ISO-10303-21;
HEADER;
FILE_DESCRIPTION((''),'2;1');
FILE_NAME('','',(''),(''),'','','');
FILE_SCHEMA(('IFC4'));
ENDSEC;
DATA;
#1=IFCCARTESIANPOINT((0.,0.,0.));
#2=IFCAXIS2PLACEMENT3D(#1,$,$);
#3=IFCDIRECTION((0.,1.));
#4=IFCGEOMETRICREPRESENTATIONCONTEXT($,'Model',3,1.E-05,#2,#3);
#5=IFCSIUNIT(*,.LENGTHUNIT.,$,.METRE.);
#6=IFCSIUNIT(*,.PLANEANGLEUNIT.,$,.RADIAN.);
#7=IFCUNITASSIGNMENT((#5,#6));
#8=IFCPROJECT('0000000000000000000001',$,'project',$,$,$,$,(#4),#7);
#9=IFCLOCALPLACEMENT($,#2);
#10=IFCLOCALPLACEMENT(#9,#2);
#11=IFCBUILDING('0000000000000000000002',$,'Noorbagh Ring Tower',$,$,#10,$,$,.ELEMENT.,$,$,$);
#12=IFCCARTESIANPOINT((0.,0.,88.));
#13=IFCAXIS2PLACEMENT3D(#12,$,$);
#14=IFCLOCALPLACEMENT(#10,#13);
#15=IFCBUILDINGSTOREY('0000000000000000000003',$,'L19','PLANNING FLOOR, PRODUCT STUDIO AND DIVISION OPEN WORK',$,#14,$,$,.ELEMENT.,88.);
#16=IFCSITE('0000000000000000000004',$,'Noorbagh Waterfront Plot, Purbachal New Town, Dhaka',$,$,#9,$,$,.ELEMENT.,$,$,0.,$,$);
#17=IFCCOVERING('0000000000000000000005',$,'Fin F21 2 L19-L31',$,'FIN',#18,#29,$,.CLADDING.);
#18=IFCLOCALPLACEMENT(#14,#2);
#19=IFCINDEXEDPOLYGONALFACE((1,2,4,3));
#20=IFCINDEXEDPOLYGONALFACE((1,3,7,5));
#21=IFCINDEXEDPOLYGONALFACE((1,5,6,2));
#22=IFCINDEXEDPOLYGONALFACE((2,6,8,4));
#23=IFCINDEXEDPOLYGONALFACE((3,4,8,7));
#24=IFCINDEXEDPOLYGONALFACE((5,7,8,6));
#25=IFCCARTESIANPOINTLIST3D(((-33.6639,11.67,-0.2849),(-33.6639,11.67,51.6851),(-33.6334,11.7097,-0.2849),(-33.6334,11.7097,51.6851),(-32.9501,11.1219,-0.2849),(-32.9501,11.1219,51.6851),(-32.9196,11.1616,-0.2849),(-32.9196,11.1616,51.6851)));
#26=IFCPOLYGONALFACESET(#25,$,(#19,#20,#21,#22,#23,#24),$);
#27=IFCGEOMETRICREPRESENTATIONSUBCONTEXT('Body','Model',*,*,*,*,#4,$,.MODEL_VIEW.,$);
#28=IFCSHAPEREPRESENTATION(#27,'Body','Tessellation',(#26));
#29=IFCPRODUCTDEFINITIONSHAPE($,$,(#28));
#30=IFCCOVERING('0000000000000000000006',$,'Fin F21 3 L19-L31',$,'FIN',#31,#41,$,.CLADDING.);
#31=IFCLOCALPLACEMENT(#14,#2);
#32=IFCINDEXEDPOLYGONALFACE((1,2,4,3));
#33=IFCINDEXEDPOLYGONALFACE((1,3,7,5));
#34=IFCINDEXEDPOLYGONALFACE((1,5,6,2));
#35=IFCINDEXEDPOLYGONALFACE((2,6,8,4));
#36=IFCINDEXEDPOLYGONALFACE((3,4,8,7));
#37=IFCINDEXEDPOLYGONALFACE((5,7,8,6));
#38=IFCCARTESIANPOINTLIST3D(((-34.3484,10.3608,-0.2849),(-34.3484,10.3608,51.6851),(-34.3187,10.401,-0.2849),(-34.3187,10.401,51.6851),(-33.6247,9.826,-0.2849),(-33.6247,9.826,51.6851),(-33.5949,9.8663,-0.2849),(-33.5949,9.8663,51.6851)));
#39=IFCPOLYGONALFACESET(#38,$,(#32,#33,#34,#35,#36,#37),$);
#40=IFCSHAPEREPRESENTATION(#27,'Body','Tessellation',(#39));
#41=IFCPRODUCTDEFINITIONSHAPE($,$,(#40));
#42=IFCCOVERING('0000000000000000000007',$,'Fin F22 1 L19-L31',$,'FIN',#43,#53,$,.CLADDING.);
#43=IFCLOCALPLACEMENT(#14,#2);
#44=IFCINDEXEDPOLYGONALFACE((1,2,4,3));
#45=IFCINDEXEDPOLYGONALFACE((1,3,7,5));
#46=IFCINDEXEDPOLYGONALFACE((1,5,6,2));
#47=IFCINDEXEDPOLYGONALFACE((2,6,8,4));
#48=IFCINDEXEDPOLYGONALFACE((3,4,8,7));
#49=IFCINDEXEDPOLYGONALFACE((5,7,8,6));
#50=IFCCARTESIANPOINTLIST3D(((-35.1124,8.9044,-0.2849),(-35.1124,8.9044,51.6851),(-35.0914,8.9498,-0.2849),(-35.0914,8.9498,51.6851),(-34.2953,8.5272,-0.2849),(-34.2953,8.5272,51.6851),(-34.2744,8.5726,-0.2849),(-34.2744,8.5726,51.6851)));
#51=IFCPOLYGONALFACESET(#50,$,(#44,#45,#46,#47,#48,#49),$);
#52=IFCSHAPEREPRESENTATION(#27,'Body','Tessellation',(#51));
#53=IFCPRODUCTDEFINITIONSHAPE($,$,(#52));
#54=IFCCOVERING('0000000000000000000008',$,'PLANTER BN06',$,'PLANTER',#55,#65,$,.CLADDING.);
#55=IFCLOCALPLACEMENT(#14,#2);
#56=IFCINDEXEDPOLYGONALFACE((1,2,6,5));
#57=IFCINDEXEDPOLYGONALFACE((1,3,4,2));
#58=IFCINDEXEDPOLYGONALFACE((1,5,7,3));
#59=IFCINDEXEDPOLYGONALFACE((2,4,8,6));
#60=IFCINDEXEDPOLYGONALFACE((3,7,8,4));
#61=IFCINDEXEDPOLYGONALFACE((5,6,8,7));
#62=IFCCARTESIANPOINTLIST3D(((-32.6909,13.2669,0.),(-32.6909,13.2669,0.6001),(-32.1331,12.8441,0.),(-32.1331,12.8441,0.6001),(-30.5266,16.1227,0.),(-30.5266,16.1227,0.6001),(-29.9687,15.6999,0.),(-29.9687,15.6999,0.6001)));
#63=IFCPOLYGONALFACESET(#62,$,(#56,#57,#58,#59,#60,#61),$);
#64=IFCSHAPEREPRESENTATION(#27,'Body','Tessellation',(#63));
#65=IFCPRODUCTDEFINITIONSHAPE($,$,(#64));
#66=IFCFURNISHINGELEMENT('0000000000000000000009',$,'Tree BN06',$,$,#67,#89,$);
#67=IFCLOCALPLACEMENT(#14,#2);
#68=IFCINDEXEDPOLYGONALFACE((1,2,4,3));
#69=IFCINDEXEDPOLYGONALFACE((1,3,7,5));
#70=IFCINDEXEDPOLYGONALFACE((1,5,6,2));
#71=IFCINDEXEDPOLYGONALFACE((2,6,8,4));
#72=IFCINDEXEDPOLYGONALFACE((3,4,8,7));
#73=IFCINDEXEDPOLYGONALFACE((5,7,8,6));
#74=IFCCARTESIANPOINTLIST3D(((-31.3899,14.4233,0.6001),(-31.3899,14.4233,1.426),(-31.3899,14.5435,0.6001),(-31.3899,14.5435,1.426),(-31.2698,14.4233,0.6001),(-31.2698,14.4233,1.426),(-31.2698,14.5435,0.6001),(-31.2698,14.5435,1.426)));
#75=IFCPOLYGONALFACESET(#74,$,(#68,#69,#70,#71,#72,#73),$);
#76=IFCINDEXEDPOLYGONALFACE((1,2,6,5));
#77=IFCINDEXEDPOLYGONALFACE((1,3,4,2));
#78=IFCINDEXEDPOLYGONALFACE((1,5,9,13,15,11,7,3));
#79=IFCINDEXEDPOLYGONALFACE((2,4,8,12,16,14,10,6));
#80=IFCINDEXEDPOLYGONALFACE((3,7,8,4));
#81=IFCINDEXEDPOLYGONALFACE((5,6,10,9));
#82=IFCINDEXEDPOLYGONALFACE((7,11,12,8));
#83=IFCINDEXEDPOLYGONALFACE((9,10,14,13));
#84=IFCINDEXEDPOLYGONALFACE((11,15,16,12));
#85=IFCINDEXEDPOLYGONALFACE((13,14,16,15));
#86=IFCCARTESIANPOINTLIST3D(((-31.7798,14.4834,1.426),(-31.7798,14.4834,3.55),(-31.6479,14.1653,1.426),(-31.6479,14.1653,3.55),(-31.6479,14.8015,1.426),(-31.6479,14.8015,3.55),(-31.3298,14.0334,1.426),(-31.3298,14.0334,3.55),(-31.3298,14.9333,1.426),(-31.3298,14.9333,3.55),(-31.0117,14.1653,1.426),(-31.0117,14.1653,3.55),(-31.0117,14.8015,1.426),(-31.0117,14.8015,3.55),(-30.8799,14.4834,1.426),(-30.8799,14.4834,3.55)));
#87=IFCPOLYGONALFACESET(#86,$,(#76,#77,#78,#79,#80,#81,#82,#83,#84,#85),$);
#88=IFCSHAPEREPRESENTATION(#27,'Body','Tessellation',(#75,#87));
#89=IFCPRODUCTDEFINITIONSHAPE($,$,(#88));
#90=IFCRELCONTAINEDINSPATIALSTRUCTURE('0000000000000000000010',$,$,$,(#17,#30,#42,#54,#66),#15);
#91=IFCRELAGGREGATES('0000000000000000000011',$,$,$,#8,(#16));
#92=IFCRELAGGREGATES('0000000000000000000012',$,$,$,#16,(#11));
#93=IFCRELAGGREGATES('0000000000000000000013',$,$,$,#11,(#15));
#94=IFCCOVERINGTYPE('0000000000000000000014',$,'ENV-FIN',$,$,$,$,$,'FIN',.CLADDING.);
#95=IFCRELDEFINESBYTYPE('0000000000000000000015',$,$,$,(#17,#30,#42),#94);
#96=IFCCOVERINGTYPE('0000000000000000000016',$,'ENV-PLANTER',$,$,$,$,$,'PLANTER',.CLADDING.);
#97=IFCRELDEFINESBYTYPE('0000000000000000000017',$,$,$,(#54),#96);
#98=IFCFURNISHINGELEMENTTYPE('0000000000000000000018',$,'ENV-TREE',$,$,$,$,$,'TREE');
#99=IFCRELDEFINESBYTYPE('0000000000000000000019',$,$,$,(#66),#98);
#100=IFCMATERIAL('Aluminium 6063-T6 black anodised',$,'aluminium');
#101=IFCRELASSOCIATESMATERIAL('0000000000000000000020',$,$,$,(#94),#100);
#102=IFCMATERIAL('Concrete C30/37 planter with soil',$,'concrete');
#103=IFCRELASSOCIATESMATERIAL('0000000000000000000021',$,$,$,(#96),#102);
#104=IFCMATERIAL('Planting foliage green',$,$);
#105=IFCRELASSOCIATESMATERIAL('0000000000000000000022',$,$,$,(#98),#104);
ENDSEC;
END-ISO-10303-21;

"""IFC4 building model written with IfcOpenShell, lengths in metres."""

from ifc_helpers import new_model, si_unit, direction, frame, origin, origin_2d, place, context, subcontext, project, spatial, polyline, rectangle, outline, extrude, material, material_profile, profile_set, type_object, element, save


model = new_model("IFC4")

# Units and contexts
model_context = context("Model", 3, precision=1e-05, world=origin(), true_north=direction((0.0, 1.0)))
body_context = subcontext(model_context, "Body", "Model", "MODEL_VIEW")
ifc_project = project(units=[si_unit("LENGTHUNIT", "METRE"), si_unit("PLANEANGLEUNIT", "RADIAN")], contexts=[model_context])

# Site, building, storey
site_placement = place(None, origin())
site = spatial("IfcSite", under=ifc_project, at=site_placement, Name="Noorbagh Waterfront Plot, Purbachal New Town, Dhaka", CompositionType="ELEMENT", RefElevation=0.0)
building_placement = place(site_placement, origin())
building = spatial("IfcBuilding", under=site, at=building_placement, Name="Noorbagh Ring Tower", CompositionType="ELEMENT")
storey_placement = place(building_placement, frame((0.0, 0.0, 88.0)))
storey = spatial("IfcBuildingStorey", under=building, at=storey_placement, Name="L19", Description="PLANNING FLOOR, PRODUCT STUDIO AND DIVISION OPEN WORK", CompositionType="ELEMENT", Elevation=88.0)

# Coverings
ifc_material_1 = material(Name="Aluminium 6063-T6 black anodised", Category="aluminium")
ifc_material_profile_1 = material_profile(ifc_material_1, rectangle(XDim=0.8999, YDim=0.05, at=origin_2d()), Name="900x50")
ifc_profile_set_1 = profile_set([ifc_material_profile_1], Name="Aluminium 6063-T6 black anodised")
covering_type_1 = type_object("IfcCoveringType", Name="ENV-FIN", ElementType="FIN", PredefinedType="CLADDING", material=ifc_profile_set_1)
for number, where, z_axis, x_axis, name in (
    (1, (-33.2917, 11.4158, -0.2849), (0.0, 0.0, 1.0), (-0.793138, 0.609043, 0.0), "Fin F21 2 L19-L31"),
    (2, (-33.9717, 10.1135, -0.2849), (0.0, 0.0, 1.0), (-0.80426, 0.594277, 0.0), "Fin F21 3 L19-L31"),
    (3, (-34.6934, 8.7385, -0.2849), (0.0, 0.0, 1.0), (-0.907912, 0.419162, 0.0), "Fin F22 1 L19-L31"),
):
    element("IfcCovering", number, at=place(storey_placement, frame(where, z_axis=z_axis, x_axis=x_axis)), inside=storey, type_object=covering_type_1, Name=name, ObjectType="FIN", PredefinedType="CLADDING", context=body_context, shape_type="SweptSolid", body=[
        extrude(rectangle(XDim=0.8999, YDim=0.05, at=origin_2d()), origin(), (0.0, 0.0, 1.0), 51.97),
    ])

# Covering
ifc_material_2 = material(Name="Concrete C30/37 planter with soil", Category="concrete")
covering_type_2 = type_object("IfcCoveringType", Name="ENV-PLANTER", ElementType="PLANTER", PredefinedType="CLADDING", material=ifc_material_2)
covering_placement = place(storey_placement, frame((-31.3298, 14.4834, 0.0), z_axis=(0.0, 0.0, 1.0), x_axis=(-0.60402, -0.796969, 0.0)))
element("IfcCovering", 4, at=covering_placement, inside=storey, type_object=covering_type_2, Name="PLANTER BN06", ObjectType="PLANTER", PredefinedType="CLADDING", context=body_context, shape_type="SweptSolid", body=[
    extrude(rectangle(XDim=3.5833, YDim=0.7, at=origin_2d()), origin(), (0.0, 0.0, 1.0), 0.6001),
])

# Furnishing element
ifc_material_3 = material(Name="Planting foliage green")
furnishing_element_type = type_object("IfcFurnishingElementType", Name="ENV-TREE", ElementType="TREE", material=ifc_material_3)
furnishing_placement = place(storey_placement, frame((-31.3298, 14.4834, 0.6001), z_axis=(0.0, 0.0, 1.0), x_axis=(1.0, 0.0, 0.0)))
element("IfcFurnishingElement", 5, at=furnishing_placement, inside=storey, type_object=furnishing_element_type, Name="Tree BN06", context=body_context, shape_type="SweptSolid", body=[
    extrude(rectangle(XDim=0.1201, YDim=0.1201, at=origin_2d()), origin(), (0.0, 0.0, 1.0), 0.8259),
    extrude(outline(polyline([(0.45, 0.0), (0.3181, 0.3181), (0.0, 0.45), (-0.3181, 0.3181), (-0.45, 0.0), (-0.3181, -0.3181), (0.0, -0.45), (0.3181, -0.3181), (0.45, 0.0)])), frame((0.0, 0.0, 0.8259)), (0.0, 0.0, 1.0), 2.124),
])

save(model, "model.ifc")
